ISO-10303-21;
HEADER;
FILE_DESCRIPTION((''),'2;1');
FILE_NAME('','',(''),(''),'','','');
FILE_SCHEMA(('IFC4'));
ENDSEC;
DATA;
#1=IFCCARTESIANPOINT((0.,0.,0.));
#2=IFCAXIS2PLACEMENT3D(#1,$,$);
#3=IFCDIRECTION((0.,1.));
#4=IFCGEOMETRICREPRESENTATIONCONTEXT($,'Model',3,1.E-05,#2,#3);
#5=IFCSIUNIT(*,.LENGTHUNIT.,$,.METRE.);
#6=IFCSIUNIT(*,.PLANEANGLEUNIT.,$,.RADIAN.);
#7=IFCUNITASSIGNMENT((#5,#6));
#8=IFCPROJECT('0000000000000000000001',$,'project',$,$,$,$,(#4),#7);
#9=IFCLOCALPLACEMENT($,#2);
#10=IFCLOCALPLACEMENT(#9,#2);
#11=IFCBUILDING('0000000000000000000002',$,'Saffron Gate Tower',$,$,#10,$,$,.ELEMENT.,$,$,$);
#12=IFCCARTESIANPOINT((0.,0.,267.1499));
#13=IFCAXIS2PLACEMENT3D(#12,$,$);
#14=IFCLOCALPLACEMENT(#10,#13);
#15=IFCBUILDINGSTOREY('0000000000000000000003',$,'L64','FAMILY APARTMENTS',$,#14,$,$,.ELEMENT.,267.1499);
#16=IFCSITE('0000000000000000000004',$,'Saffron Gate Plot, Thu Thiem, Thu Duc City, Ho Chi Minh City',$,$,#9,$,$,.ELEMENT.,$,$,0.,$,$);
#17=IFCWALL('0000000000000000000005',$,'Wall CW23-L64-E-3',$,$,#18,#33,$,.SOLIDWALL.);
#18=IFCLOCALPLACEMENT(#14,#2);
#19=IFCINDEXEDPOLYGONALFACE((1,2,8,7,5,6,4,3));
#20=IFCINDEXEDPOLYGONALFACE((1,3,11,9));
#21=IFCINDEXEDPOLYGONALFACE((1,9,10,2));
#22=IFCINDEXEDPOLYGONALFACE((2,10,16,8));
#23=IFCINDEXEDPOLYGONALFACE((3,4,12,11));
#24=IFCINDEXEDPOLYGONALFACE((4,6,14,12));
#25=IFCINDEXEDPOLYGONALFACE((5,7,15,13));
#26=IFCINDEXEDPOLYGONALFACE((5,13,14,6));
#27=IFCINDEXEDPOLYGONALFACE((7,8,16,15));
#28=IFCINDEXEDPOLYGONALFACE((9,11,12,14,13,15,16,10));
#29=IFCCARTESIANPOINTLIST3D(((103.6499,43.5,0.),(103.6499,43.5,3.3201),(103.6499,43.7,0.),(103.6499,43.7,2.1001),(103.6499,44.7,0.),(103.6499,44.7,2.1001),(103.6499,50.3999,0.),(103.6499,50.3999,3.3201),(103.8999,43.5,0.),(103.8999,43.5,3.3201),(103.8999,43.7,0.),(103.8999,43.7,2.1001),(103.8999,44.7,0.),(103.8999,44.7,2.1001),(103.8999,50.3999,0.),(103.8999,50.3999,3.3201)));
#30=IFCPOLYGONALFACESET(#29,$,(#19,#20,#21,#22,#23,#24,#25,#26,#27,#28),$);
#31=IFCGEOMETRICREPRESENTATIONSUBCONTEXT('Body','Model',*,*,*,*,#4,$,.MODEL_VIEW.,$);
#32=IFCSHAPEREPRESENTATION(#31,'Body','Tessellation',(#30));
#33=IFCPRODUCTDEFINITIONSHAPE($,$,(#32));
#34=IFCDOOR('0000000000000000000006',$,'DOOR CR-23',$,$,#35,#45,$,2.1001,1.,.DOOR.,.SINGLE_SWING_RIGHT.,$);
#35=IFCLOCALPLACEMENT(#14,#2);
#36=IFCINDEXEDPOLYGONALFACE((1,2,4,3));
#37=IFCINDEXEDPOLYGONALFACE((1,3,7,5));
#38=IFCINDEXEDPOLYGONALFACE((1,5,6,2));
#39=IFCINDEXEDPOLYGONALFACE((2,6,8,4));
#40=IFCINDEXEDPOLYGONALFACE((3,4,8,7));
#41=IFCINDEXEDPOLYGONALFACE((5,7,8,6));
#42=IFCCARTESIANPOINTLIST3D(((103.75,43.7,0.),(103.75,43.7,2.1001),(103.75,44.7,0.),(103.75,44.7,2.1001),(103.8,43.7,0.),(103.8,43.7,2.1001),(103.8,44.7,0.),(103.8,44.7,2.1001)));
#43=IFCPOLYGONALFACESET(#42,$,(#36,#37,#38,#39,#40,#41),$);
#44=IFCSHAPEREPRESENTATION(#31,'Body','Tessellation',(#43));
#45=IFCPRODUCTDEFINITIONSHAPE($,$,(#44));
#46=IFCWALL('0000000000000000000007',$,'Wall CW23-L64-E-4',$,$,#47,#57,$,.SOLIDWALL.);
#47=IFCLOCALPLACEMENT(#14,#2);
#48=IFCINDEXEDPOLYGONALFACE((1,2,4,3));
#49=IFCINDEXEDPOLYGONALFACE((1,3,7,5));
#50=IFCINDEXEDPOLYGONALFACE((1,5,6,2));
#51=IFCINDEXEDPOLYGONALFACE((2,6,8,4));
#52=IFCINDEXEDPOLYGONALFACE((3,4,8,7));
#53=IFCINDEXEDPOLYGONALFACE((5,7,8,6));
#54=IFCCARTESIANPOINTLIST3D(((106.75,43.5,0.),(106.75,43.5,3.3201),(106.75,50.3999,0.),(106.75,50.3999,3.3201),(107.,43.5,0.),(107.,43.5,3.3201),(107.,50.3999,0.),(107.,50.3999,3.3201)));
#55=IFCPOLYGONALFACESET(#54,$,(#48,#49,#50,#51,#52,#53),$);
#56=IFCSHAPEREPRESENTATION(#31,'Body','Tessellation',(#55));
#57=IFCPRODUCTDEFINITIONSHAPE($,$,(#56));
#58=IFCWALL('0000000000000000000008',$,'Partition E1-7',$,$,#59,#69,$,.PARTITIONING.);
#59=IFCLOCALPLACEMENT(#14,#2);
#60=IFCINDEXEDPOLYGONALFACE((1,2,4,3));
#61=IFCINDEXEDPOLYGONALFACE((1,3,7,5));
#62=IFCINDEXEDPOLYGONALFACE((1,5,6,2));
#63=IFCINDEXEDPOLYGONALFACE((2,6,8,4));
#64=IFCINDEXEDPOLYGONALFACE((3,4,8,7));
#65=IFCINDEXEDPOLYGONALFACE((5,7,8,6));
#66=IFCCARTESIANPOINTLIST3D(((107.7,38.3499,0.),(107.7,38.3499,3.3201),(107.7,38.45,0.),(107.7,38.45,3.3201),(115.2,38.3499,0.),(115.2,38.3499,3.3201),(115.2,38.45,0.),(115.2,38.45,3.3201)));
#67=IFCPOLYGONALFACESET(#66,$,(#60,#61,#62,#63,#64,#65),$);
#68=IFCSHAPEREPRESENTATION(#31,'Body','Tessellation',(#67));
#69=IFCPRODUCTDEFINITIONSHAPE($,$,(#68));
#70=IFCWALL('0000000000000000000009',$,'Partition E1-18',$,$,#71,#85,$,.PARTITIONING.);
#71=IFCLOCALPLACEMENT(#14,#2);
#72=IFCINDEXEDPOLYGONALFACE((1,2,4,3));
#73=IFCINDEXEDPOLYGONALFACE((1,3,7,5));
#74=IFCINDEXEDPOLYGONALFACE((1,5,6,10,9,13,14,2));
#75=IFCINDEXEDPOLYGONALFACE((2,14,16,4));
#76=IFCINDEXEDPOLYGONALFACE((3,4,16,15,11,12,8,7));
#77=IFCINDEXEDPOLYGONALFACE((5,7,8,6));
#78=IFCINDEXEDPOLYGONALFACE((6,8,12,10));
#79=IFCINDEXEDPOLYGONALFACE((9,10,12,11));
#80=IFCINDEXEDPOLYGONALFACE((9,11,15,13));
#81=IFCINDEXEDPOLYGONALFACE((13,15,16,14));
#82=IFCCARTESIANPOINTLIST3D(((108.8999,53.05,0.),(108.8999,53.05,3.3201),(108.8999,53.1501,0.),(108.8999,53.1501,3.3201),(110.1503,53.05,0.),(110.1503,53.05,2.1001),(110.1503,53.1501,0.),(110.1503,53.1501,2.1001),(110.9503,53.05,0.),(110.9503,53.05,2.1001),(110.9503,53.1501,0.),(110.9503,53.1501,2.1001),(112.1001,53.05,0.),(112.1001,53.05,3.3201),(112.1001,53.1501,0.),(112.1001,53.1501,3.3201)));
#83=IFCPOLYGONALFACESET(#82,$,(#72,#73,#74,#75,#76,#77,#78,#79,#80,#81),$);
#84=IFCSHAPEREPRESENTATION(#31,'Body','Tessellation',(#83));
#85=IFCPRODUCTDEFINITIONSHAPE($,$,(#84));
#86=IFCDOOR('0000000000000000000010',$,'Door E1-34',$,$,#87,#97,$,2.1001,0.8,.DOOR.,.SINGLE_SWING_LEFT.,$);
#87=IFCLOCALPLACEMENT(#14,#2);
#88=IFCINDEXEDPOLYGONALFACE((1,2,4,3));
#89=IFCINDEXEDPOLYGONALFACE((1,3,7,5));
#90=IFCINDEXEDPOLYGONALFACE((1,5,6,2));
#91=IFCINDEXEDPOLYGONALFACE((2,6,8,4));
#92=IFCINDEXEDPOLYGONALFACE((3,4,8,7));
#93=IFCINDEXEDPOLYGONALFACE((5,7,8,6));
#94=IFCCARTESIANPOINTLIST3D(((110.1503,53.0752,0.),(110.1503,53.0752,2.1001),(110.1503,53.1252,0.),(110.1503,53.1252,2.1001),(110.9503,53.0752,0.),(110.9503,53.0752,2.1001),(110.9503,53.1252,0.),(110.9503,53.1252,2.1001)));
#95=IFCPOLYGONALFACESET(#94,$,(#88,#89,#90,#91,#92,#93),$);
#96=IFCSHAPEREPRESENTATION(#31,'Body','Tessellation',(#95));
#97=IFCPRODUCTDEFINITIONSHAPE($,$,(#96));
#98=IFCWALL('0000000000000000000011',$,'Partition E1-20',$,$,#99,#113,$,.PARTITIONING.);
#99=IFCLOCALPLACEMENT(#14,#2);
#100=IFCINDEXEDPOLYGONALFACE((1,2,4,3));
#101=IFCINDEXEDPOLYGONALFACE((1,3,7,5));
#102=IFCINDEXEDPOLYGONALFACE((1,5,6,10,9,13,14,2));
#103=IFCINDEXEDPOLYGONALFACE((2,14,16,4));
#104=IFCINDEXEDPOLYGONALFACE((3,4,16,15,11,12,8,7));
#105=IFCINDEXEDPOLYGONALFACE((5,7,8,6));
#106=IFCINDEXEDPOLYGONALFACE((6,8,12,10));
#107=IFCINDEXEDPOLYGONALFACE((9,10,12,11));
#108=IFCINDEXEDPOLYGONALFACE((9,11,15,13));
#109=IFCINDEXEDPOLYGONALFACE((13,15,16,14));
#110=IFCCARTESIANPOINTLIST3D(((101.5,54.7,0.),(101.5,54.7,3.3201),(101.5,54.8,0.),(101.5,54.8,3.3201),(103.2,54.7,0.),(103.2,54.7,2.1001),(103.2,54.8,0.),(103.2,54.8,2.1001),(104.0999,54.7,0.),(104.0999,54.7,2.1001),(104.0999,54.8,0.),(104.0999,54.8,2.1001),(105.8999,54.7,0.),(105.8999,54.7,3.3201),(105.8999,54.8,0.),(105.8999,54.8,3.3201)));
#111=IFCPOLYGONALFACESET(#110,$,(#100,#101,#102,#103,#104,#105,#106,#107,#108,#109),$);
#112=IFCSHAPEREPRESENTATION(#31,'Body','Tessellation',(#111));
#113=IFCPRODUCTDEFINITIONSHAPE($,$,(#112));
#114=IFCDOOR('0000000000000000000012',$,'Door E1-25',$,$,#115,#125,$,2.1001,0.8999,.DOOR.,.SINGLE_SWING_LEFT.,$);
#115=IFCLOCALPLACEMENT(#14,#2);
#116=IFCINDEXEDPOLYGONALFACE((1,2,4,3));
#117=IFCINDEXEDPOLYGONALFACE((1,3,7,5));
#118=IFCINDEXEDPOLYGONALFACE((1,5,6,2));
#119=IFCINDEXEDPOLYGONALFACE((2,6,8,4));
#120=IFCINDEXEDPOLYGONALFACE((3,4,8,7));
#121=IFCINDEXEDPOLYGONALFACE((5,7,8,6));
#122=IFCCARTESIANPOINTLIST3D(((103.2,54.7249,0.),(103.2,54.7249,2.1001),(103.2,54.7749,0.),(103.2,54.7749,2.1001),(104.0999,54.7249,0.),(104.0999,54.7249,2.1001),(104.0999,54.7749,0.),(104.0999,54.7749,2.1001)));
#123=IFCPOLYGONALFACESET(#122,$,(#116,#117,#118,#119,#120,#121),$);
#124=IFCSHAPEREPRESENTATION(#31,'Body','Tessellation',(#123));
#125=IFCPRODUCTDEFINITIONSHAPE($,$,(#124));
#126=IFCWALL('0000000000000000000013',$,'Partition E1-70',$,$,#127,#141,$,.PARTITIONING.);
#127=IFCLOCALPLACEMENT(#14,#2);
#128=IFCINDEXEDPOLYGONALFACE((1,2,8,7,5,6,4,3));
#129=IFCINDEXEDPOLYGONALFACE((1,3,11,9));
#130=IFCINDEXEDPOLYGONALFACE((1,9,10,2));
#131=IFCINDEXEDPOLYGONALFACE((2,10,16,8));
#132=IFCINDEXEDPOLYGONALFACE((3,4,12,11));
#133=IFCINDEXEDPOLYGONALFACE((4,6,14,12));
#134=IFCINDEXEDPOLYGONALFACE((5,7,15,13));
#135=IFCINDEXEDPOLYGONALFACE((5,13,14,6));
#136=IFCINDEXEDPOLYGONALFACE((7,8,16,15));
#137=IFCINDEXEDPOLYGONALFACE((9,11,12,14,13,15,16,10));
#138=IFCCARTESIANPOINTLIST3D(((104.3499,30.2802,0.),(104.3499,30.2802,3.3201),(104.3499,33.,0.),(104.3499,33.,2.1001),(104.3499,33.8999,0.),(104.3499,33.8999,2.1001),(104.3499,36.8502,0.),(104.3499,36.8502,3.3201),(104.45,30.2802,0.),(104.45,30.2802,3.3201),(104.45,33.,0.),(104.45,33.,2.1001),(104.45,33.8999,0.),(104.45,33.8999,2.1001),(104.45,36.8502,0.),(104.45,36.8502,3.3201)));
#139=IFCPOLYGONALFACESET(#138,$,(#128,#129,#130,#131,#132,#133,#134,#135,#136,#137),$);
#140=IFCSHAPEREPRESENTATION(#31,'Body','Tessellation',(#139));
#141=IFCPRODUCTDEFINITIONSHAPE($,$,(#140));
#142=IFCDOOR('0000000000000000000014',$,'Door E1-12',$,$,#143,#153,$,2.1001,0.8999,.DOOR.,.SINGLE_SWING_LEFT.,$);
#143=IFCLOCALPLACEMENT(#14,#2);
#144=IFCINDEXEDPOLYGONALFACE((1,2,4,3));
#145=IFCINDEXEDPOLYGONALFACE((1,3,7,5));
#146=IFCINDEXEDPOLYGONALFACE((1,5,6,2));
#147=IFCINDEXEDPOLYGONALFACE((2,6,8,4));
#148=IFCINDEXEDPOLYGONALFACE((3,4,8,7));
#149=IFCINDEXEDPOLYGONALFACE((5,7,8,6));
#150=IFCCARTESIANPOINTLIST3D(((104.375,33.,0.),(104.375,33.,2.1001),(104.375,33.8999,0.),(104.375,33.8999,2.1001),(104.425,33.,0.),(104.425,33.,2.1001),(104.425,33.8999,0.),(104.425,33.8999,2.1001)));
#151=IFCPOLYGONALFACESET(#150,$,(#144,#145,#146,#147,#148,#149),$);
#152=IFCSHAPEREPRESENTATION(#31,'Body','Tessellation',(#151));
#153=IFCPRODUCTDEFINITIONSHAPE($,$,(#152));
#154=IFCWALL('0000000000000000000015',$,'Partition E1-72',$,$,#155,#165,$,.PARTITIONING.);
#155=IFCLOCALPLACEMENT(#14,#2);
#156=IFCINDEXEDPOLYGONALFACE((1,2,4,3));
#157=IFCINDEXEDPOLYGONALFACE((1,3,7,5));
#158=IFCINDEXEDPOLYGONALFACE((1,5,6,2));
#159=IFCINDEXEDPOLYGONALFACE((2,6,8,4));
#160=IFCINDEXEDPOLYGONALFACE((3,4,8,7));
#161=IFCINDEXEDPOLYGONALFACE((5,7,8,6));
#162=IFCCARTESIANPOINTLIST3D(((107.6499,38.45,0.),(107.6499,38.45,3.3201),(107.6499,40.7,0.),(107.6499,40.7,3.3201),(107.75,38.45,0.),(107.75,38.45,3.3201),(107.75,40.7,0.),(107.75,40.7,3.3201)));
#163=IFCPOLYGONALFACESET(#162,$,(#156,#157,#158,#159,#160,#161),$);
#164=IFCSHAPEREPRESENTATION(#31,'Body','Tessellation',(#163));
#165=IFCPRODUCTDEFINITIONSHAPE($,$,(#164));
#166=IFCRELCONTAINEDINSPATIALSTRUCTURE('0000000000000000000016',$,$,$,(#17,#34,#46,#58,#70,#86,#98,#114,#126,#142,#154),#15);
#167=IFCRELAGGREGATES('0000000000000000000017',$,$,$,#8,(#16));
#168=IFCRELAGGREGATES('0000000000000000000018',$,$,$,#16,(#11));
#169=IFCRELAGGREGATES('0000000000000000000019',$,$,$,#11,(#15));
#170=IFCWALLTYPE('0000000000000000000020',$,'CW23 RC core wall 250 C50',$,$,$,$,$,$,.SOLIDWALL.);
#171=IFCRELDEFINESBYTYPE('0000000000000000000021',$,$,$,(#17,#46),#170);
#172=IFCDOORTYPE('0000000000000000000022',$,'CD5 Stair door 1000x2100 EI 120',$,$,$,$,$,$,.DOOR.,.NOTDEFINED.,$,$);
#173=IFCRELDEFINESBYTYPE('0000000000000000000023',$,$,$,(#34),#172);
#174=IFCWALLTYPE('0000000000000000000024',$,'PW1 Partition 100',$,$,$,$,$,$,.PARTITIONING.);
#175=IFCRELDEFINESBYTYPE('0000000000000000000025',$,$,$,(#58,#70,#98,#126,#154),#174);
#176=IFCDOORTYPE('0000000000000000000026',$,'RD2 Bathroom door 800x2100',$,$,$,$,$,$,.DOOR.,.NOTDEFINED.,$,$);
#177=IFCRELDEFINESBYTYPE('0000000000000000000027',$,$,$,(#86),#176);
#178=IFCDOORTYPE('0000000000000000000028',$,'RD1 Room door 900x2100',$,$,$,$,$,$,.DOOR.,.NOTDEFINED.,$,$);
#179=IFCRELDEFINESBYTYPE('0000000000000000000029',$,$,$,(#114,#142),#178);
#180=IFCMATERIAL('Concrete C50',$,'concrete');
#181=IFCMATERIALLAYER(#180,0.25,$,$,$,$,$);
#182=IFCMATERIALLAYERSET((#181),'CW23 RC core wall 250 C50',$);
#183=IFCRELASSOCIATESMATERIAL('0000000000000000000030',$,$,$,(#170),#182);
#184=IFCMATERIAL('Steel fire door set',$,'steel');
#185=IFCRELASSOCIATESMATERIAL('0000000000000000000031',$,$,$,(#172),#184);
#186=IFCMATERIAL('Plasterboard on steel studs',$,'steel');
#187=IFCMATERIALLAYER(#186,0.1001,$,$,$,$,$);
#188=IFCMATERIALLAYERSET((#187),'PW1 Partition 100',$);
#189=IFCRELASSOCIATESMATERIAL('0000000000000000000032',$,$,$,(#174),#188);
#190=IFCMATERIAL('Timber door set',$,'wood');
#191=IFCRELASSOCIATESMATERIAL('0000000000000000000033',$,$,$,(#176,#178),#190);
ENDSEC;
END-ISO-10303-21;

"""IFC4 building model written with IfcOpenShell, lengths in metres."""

from ifc_helpers import new_model, si_unit, direction, frame, frame_2d, origin, place, context, subcontext, project, spatial, rectangle, extrude, material, layer, layer_set, type_object, element, fill, save


model = new_model("IFC4")

# Units and contexts
model_context = context("Model", 3, precision=1e-05, world=origin(), true_north=direction((0.0, 1.0)))
body_context = subcontext(model_context, "Body", "Model", "MODEL_VIEW")
ifc_project = project(units=[si_unit("LENGTHUNIT", "METRE"), si_unit("PLANEANGLEUNIT", "RADIAN")], contexts=[model_context])

# Site, building, storey
site_placement = place(None, origin())
site = spatial("IfcSite", under=ifc_project, at=site_placement, Name="Saffron Gate Plot, Thu Thiem, Thu Duc City, Ho Chi Minh City", CompositionType="ELEMENT", RefElevation=0.0)
building_placement = place(site_placement, origin())
building = spatial("IfcBuilding", under=site, at=building_placement, Name="Saffron Gate Tower", CompositionType="ELEMENT")
storey_placement = place(building_placement, frame((0.0, 0.0, 267.1499)))
storey = spatial("IfcBuildingStorey", under=building, at=storey_placement, Name="L64", Description="FAMILY APARTMENTS", CompositionType="ELEMENT", Elevation=267.1499)

# Wall, opening, door
ifc_material_1 = material(Name="Concrete C50", Category="concrete")
ifc_layer_1 = layer(ifc_material_1, 0.25)
ifc_layer_set_1 = layer_set([ifc_layer_1], Name="CW23 RC core wall 250 C50")
wall_type_1 = type_object("IfcWallType", Name="CW23 RC core wall 250 C50", PredefinedType="SOLIDWALL", material=ifc_layer_set_1)
wall_1_placement = place(storey_placement, frame((103.7749, 43.5, 0.0), z_axis=(0.0, 0.0, 1.0), x_axis=(0.0, 1.0, 0.0)))
wall_1 = element("IfcWall", 1, at=wall_1_placement, inside=storey, type_object=wall_type_1, Name="Wall CW23-L64-E-3", PredefinedType="SOLIDWALL", context=body_context, shape_type="SweptSolid", body=[
    extrude(rectangle(XDim=6.8999, YDim=0.25, at=frame_2d((3.45, 0.0))), origin(), (0.0, 0.0, 1.0), 3.3201),
])
opening_1_placement = place(wall_1_placement, frame((0.2, 0.0, 0.0)))
opening_1 = element("IfcOpeningElement", 2, at=opening_1_placement, cuts=wall_1, PredefinedType="OPENING", context=body_context, shape_type="SweptSolid", body=[
    extrude(rectangle(XDim=1.0, YDim=2.1001, at=frame_2d((0.5, 1.05))), frame((0.0, 0.135, 0.0), z_axis=(0.0, -1.0, 0.0), x_axis=(1.0, 0.0, 0.0)), (0.0, 0.0, 1.0), 0.27),
])
ifc_material_2 = material(Name="Steel fire door set", Category="steel")
door_type_1 = type_object("IfcDoorType", Name="CD5 Stair door 1000x2100 EI 120", OperationType="NOTDEFINED", PredefinedType="DOOR", material=ifc_material_2)
door_1_placement = place(opening_1_placement, origin())
door_1 = element("IfcDoor", 3, at=door_1_placement, inside=storey, type_object=door_type_1, Name="DOOR CR-23", OperationType="SINGLE_SWING_RIGHT", OverallHeight=2.1001, OverallWidth=1.0, PredefinedType="DOOR", context=body_context, shape_type="SweptSolid", body=[
    extrude(rectangle(XDim=1.0, YDim=2.1001, at=frame_2d((0.5, 1.05))), frame((0.0, 0.0249, 0.0), z_axis=(0.0, -1.0, 0.0), x_axis=(1.0, 0.0, 0.0)), (0.0, 0.0, 1.0), 0.05),
])
fill(opening_1, door_1)

# Walls
wall_2_placement = place(storey_placement, frame((106.875, 43.5, 0.0), z_axis=(0.0, 0.0, 1.0), x_axis=(0.0, 1.0, 0.0)))
element("IfcWall", 4, at=wall_2_placement, inside=storey, type_object=wall_type_1, Name="Wall CW23-L64-E-4", PredefinedType="SOLIDWALL", context=body_context, shape_type="SweptSolid", body=[
    extrude(rectangle(XDim=6.8999, YDim=0.25, at=frame_2d((3.45, 0.0))), origin(), (0.0, 0.0, 1.0), 3.3201),
])
ifc_material_3 = material(Name="Plasterboard on steel studs", Category="steel")
ifc_layer_2 = layer(ifc_material_3, 0.1001)
ifc_layer_set_2 = layer_set([ifc_layer_2], Name="PW1 Partition 100")
wall_type_2 = type_object("IfcWallType", Name="PW1 Partition 100", PredefinedType="PARTITIONING", material=ifc_layer_set_2)
wall_3_placement = place(storey_placement, frame((107.7, 38.3999, 0.0), z_axis=(0.0, 0.0, 1.0), x_axis=(1.0, 0.0, 0.0)))
element("IfcWall", 5, at=wall_3_placement, inside=storey, type_object=wall_type_2, Name="Partition E1-7", PredefinedType="PARTITIONING", context=body_context, shape_type="SweptSolid", body=[
    extrude(rectangle(XDim=7.5, YDim=0.1001, at=frame_2d((3.75, 0.0))), origin(), (0.0, 0.0, 1.0), 3.3201),
])

# Walls, openings, doors
wall_4_placement = place(storey_placement, frame((112.1001, 53.1001, 0.0), z_axis=(0.0, 0.0, 1.0), x_axis=(-1.0, 0.0, 0.0)))
wall_4 = element("IfcWall", 6, at=wall_4_placement, inside=storey, type_object=wall_type_2, Name="Partition E1-18", PredefinedType="PARTITIONING", context=body_context, shape_type="SweptSolid", body=[
    extrude(rectangle(XDim=3.2002, YDim=0.1001, at=frame_2d((1.6001, 0.0))), origin(), (0.0, 0.0, 1.0), 3.3201),
])
opening_2_placement = place(wall_4_placement, frame((1.1499, 0.0, 0.0)))
opening_2 = element("IfcOpeningElement", 7, at=opening_2_placement, cuts=wall_4, PredefinedType="OPENING", context=body_context, shape_type="SweptSolid", body=[
    extrude(rectangle(XDim=0.8, YDim=2.1001, at=frame_2d((0.3999, 1.05))), frame((0.0, 0.0601, 0.0), z_axis=(0.0, -1.0, 0.0), x_axis=(1.0, 0.0, 0.0)), (0.0, 0.0, 1.0), 0.1201),
])
ifc_material_4 = material(Name="Timber door set", Category="wood")
door_type_2 = type_object("IfcDoorType", Name="RD2 Bathroom door 800x2100", OperationType="NOTDEFINED", PredefinedType="DOOR", material=ifc_material_4)
door_2_placement = place(opening_2_placement, origin())
door_2 = element("IfcDoor", 8, at=door_2_placement, inside=storey, type_object=door_type_2, Name="Door E1-34", OperationType="SINGLE_SWING_LEFT", OverallHeight=2.1001, OverallWidth=0.8, PredefinedType="DOOR", context=body_context, shape_type="SweptSolid", body=[
    extrude(rectangle(XDim=0.8, YDim=2.1001, at=frame_2d((0.3999, 1.05))), frame((0.0, 0.0249, 0.0), z_axis=(0.0, -1.0, 0.0), x_axis=(1.0, 0.0, 0.0)), (0.0, 0.0, 1.0), 0.05),
])
fill(opening_2, door_2)
wall_5_placement = place(storey_placement, frame((101.5, 54.75, 0.0), z_axis=(0.0, 0.0, 1.0), x_axis=(1.0, 0.0, 0.0)))
wall_5 = element("IfcWall", 9, at=wall_5_placement, inside=storey, type_object=wall_type_2, Name="Partition E1-20", PredefinedType="PARTITIONING", context=body_context, shape_type="SweptSolid", body=[
    extrude(rectangle(XDim=4.3999, YDim=0.1001, at=frame_2d((2.2, 0.0))), origin(), (0.0, 0.0, 1.0), 3.3201),
])
opening_3_placement = place(wall_5_placement, frame((1.7, 0.0, 0.0)))
opening_3 = element("IfcOpeningElement", 10, at=opening_3_placement, cuts=wall_5, PredefinedType="OPENING", context=body_context, shape_type="SweptSolid", body=[
    extrude(rectangle(XDim=0.8999, YDim=2.1001, at=frame_2d((0.45, 1.05))), frame((0.0, 0.0601, 0.0), z_axis=(0.0, -1.0, 0.0), x_axis=(1.0, 0.0, 0.0)), (0.0, 0.0, 1.0), 0.1201),
])
door_type_3 = type_object("IfcDoorType", Name="RD1 Room door 900x2100", OperationType="NOTDEFINED", PredefinedType="DOOR", material=ifc_material_4)
door_3_placement = place(opening_3_placement, origin())
door_3 = element("IfcDoor", 11, at=door_3_placement, inside=storey, type_object=door_type_3, Name="Door E1-25", OperationType="SINGLE_SWING_LEFT", OverallHeight=2.1001, OverallWidth=0.8999, PredefinedType="DOOR", context=body_context, shape_type="SweptSolid", body=[
    extrude(rectangle(XDim=0.8999, YDim=2.1001, at=frame_2d((0.45, 1.05))), frame((0.0, 0.0249, 0.0), z_axis=(0.0, -1.0, 0.0), x_axis=(1.0, 0.0, 0.0)), (0.0, 0.0, 1.0), 0.05),
])
fill(opening_3, door_3)
wall_6_placement = place(storey_placement, frame((104.3999, 30.28, 0.0), z_axis=(0.0, 0.0, 1.0), x_axis=(0.0, 1.0, 0.0)))
wall_6 = element("IfcWall", 12, at=wall_6_placement, inside=storey, type_object=wall_type_2, Name="Partition E1-70", PredefinedType="PARTITIONING", context=body_context, shape_type="SweptSolid", body=[
    extrude(rectangle(XDim=6.5701, YDim=0.1001, at=frame_2d((3.2852, 0.0))), origin(), (0.0, 0.0, 1.0), 3.3201),
])
opening_4_placement = place(wall_6_placement, frame((2.72, 0.0, 0.0)))
opening_4 = element("IfcOpeningElement", 13, at=opening_4_placement, cuts=wall_6, PredefinedType="OPENING", context=body_context, shape_type="SweptSolid", body=[
    extrude(rectangle(XDim=0.8999, YDim=2.1001, at=frame_2d((0.45, 1.05))), frame((0.0, 0.0601, 0.0), z_axis=(0.0, -1.0, 0.0), x_axis=(1.0, 0.0, 0.0)), (0.0, 0.0, 1.0), 0.1201),
])
door_4_placement = place(opening_4_placement, origin())
door_4 = element("IfcDoor", 14, at=door_4_placement, inside=storey, type_object=door_type_3, Name="Door E1-12", OperationType="SINGLE_SWING_LEFT", OverallHeight=2.1001, OverallWidth=0.8999, PredefinedType="DOOR", context=body_context, shape_type="SweptSolid", body=[
    extrude(rectangle(XDim=0.8999, YDim=2.1001, at=frame_2d((0.45, 1.05))), frame((0.0, 0.0249, 0.0), z_axis=(0.0, -1.0, 0.0), x_axis=(1.0, 0.0, 0.0)), (0.0, 0.0, 1.0), 0.05),
])
fill(opening_4, door_4)

# Wall
wall_7_placement = place(storey_placement, frame((107.7, 40.7, 0.0), z_axis=(0.0, 0.0, 1.0), x_axis=(0.0, -1.0, 0.0)))
element("IfcWall", 15, at=wall_7_placement, inside=storey, type_object=wall_type_2, Name="Partition E1-72", PredefinedType="PARTITIONING", context=body_context, shape_type="SweptSolid", body=[
    extrude(rectangle(XDim=2.25, YDim=0.1001, at=frame_2d((1.125, 0.0))), origin(), (0.0, 0.0, 1.0), 3.3201),
])

save(model, "model.ifc")
